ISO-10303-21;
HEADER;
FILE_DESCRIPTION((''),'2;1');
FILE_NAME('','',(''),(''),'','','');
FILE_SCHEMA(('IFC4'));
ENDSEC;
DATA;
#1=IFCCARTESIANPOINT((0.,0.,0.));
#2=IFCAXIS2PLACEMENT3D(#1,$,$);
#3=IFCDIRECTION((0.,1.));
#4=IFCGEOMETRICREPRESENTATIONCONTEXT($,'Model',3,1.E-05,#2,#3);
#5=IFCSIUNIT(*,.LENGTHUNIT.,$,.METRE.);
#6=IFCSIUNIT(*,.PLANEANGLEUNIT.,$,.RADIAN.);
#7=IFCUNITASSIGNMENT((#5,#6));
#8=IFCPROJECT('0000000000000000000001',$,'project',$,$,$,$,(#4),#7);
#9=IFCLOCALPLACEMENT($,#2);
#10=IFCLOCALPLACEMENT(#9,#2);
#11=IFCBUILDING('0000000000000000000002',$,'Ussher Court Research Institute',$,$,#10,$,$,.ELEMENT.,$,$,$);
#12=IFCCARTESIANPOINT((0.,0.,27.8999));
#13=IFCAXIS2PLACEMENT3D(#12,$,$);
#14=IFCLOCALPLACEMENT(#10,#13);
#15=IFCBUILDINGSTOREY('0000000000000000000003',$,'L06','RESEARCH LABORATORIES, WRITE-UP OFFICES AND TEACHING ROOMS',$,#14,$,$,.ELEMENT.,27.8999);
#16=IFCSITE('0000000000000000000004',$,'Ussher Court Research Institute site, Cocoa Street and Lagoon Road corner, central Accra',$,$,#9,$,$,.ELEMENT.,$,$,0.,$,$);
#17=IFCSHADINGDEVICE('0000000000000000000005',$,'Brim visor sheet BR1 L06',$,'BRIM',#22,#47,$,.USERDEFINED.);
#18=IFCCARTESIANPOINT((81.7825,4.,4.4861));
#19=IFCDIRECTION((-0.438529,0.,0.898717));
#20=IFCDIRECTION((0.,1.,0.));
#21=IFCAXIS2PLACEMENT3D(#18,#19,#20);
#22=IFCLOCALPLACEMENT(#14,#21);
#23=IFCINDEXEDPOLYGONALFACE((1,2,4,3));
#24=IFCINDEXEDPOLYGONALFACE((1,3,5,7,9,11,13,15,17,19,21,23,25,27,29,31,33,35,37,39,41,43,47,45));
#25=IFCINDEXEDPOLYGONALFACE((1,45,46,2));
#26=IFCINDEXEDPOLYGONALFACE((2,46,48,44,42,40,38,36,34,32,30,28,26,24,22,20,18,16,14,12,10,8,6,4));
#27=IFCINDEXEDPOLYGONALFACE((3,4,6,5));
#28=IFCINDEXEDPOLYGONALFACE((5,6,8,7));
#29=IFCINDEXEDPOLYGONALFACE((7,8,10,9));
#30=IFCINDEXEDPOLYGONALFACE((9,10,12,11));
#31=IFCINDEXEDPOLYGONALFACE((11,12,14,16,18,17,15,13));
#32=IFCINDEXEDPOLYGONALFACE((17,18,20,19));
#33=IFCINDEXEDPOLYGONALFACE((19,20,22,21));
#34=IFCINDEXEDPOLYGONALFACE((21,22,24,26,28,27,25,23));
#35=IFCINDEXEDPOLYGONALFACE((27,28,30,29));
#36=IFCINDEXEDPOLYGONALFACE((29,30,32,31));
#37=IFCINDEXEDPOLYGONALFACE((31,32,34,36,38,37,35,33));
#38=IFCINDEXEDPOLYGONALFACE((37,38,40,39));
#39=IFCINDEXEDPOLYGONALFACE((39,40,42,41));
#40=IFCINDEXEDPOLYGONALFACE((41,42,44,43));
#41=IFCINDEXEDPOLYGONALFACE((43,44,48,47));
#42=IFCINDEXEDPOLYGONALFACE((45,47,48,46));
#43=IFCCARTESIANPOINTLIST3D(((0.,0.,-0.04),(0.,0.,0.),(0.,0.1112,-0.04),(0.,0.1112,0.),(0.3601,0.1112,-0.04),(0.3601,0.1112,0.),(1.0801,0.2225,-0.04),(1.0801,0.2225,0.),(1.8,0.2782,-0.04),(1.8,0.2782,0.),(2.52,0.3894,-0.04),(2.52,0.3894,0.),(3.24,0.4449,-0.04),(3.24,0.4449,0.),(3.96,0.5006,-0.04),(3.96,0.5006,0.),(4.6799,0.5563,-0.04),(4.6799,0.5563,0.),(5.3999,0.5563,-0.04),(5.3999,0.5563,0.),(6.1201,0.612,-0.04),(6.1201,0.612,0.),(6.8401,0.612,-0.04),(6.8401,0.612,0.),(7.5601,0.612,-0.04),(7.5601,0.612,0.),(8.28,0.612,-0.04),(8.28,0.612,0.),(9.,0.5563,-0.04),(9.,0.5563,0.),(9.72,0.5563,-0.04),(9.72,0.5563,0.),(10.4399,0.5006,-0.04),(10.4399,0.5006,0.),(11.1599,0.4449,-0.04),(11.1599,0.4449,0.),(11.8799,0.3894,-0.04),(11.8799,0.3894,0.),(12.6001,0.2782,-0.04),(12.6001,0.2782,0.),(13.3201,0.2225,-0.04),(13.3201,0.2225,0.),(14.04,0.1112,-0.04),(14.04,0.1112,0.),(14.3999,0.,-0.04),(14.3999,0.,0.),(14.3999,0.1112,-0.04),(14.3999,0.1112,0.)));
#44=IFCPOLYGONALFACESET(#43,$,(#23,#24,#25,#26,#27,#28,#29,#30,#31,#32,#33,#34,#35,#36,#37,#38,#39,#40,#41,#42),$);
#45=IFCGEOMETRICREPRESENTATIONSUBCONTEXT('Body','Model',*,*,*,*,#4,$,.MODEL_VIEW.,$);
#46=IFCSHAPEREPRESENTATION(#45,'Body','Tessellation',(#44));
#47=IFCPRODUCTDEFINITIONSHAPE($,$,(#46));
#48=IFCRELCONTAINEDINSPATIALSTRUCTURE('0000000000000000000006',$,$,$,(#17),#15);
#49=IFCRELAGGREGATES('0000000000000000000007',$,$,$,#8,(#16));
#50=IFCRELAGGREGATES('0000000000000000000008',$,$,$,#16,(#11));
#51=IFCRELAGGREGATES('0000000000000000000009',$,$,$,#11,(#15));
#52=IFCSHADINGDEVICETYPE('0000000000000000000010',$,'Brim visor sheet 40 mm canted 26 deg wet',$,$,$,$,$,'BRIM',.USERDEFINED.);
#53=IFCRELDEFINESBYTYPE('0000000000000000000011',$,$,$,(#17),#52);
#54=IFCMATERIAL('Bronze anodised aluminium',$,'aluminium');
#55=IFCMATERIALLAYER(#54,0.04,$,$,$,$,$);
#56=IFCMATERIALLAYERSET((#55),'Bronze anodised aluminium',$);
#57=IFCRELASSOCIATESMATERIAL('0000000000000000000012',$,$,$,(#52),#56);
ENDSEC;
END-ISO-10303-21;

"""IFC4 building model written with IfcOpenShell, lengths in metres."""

from ifc_helpers import new_model, si_unit, direction, frame, origin, place, context, subcontext, project, spatial, polyline, outline, extrude, material, layer, layer_set, type_object, element, save


model = new_model("IFC4")

# Units and contexts
model_context = context("Model", 3, precision=1e-05, world=origin(), true_north=direction((0.0, 1.0)))
body_context = subcontext(model_context, "Body", "Model", "MODEL_VIEW")
ifc_project = project(units=[si_unit("LENGTHUNIT", "METRE"), si_unit("PLANEANGLEUNIT", "RADIAN")], contexts=[model_context])

# Site, building, storey
site_placement = place(None, origin())
site = spatial("IfcSite", under=ifc_project, at=site_placement, Name="Ussher Court Research Institute site, Cocoa Street and Lagoon Road corner, central Accra", CompositionType="ELEMENT", RefElevation=0.0)
building_placement = place(site_placement, origin())
building = spatial("IfcBuilding", under=site, at=building_placement, Name="Ussher Court Research Institute", CompositionType="ELEMENT")
storey_placement = place(building_placement, frame((0.0, 0.0, 27.8999)))
storey = spatial("IfcBuildingStorey", under=building, at=storey_placement, Name="L06", Description="RESEARCH LABORATORIES, WRITE-UP OFFICES AND TEACHING ROOMS", CompositionType="ELEMENT", Elevation=27.8999)

# Shading device
ifc_material_1 = material(Name="Bronze anodised aluminium", Category="aluminium")
ifc_layer_1 = layer(ifc_material_1, 0.04)
ifc_layer_set_1 = layer_set([ifc_layer_1], Name="Bronze anodised aluminium")
shading_device_type_1 = type_object("IfcShadingDeviceType", Name="Brim visor sheet 40 mm canted 26 deg wet", ElementType="BRIM", PredefinedType="USERDEFINED", material=ifc_layer_set_1)
shading_device_1_placement = place(storey_placement, frame((81.7825, 4.0, 4.4861), z_axis=(-0.438529, 0.0, 0.898717), x_axis=(0.0, 1.0, 0.0)))
element("IfcShadingDevice", 1, at=shading_device_1_placement, inside=storey, type_object=shading_device_type_1, Name="Brim visor sheet BR1 L06", ObjectType="BRIM", PredefinedType="USERDEFINED", context=body_context, shape_type="SweptSolid", body=[
    extrude(outline(polyline([(0.0, 0.0), (14.3999, 0.0), (14.3999, 0.1112), (14.04, 0.1112), (13.3201, 0.2225), (12.6001, 0.2782), (11.8799, 0.3894), (11.1599, 0.4449), (10.4399, 0.5006), (9.72, 0.5563), (9.0, 0.5563), (8.28, 0.612), (7.5601, 0.612), (6.8401, 0.612), (6.1201, 0.612), (5.3999, 0.5563), (4.6799, 0.5563), (3.96, 0.5006), (3.24, 0.4449), (2.52, 0.3894), (1.8, 0.2782), (1.0801, 0.2225), (0.3601, 0.1112), (0.0, 0.1112), (0.0, 0.0)])), origin(), (0.0, 0.0, -1.0), 0.04),
])

save(model, "model.ifc")
